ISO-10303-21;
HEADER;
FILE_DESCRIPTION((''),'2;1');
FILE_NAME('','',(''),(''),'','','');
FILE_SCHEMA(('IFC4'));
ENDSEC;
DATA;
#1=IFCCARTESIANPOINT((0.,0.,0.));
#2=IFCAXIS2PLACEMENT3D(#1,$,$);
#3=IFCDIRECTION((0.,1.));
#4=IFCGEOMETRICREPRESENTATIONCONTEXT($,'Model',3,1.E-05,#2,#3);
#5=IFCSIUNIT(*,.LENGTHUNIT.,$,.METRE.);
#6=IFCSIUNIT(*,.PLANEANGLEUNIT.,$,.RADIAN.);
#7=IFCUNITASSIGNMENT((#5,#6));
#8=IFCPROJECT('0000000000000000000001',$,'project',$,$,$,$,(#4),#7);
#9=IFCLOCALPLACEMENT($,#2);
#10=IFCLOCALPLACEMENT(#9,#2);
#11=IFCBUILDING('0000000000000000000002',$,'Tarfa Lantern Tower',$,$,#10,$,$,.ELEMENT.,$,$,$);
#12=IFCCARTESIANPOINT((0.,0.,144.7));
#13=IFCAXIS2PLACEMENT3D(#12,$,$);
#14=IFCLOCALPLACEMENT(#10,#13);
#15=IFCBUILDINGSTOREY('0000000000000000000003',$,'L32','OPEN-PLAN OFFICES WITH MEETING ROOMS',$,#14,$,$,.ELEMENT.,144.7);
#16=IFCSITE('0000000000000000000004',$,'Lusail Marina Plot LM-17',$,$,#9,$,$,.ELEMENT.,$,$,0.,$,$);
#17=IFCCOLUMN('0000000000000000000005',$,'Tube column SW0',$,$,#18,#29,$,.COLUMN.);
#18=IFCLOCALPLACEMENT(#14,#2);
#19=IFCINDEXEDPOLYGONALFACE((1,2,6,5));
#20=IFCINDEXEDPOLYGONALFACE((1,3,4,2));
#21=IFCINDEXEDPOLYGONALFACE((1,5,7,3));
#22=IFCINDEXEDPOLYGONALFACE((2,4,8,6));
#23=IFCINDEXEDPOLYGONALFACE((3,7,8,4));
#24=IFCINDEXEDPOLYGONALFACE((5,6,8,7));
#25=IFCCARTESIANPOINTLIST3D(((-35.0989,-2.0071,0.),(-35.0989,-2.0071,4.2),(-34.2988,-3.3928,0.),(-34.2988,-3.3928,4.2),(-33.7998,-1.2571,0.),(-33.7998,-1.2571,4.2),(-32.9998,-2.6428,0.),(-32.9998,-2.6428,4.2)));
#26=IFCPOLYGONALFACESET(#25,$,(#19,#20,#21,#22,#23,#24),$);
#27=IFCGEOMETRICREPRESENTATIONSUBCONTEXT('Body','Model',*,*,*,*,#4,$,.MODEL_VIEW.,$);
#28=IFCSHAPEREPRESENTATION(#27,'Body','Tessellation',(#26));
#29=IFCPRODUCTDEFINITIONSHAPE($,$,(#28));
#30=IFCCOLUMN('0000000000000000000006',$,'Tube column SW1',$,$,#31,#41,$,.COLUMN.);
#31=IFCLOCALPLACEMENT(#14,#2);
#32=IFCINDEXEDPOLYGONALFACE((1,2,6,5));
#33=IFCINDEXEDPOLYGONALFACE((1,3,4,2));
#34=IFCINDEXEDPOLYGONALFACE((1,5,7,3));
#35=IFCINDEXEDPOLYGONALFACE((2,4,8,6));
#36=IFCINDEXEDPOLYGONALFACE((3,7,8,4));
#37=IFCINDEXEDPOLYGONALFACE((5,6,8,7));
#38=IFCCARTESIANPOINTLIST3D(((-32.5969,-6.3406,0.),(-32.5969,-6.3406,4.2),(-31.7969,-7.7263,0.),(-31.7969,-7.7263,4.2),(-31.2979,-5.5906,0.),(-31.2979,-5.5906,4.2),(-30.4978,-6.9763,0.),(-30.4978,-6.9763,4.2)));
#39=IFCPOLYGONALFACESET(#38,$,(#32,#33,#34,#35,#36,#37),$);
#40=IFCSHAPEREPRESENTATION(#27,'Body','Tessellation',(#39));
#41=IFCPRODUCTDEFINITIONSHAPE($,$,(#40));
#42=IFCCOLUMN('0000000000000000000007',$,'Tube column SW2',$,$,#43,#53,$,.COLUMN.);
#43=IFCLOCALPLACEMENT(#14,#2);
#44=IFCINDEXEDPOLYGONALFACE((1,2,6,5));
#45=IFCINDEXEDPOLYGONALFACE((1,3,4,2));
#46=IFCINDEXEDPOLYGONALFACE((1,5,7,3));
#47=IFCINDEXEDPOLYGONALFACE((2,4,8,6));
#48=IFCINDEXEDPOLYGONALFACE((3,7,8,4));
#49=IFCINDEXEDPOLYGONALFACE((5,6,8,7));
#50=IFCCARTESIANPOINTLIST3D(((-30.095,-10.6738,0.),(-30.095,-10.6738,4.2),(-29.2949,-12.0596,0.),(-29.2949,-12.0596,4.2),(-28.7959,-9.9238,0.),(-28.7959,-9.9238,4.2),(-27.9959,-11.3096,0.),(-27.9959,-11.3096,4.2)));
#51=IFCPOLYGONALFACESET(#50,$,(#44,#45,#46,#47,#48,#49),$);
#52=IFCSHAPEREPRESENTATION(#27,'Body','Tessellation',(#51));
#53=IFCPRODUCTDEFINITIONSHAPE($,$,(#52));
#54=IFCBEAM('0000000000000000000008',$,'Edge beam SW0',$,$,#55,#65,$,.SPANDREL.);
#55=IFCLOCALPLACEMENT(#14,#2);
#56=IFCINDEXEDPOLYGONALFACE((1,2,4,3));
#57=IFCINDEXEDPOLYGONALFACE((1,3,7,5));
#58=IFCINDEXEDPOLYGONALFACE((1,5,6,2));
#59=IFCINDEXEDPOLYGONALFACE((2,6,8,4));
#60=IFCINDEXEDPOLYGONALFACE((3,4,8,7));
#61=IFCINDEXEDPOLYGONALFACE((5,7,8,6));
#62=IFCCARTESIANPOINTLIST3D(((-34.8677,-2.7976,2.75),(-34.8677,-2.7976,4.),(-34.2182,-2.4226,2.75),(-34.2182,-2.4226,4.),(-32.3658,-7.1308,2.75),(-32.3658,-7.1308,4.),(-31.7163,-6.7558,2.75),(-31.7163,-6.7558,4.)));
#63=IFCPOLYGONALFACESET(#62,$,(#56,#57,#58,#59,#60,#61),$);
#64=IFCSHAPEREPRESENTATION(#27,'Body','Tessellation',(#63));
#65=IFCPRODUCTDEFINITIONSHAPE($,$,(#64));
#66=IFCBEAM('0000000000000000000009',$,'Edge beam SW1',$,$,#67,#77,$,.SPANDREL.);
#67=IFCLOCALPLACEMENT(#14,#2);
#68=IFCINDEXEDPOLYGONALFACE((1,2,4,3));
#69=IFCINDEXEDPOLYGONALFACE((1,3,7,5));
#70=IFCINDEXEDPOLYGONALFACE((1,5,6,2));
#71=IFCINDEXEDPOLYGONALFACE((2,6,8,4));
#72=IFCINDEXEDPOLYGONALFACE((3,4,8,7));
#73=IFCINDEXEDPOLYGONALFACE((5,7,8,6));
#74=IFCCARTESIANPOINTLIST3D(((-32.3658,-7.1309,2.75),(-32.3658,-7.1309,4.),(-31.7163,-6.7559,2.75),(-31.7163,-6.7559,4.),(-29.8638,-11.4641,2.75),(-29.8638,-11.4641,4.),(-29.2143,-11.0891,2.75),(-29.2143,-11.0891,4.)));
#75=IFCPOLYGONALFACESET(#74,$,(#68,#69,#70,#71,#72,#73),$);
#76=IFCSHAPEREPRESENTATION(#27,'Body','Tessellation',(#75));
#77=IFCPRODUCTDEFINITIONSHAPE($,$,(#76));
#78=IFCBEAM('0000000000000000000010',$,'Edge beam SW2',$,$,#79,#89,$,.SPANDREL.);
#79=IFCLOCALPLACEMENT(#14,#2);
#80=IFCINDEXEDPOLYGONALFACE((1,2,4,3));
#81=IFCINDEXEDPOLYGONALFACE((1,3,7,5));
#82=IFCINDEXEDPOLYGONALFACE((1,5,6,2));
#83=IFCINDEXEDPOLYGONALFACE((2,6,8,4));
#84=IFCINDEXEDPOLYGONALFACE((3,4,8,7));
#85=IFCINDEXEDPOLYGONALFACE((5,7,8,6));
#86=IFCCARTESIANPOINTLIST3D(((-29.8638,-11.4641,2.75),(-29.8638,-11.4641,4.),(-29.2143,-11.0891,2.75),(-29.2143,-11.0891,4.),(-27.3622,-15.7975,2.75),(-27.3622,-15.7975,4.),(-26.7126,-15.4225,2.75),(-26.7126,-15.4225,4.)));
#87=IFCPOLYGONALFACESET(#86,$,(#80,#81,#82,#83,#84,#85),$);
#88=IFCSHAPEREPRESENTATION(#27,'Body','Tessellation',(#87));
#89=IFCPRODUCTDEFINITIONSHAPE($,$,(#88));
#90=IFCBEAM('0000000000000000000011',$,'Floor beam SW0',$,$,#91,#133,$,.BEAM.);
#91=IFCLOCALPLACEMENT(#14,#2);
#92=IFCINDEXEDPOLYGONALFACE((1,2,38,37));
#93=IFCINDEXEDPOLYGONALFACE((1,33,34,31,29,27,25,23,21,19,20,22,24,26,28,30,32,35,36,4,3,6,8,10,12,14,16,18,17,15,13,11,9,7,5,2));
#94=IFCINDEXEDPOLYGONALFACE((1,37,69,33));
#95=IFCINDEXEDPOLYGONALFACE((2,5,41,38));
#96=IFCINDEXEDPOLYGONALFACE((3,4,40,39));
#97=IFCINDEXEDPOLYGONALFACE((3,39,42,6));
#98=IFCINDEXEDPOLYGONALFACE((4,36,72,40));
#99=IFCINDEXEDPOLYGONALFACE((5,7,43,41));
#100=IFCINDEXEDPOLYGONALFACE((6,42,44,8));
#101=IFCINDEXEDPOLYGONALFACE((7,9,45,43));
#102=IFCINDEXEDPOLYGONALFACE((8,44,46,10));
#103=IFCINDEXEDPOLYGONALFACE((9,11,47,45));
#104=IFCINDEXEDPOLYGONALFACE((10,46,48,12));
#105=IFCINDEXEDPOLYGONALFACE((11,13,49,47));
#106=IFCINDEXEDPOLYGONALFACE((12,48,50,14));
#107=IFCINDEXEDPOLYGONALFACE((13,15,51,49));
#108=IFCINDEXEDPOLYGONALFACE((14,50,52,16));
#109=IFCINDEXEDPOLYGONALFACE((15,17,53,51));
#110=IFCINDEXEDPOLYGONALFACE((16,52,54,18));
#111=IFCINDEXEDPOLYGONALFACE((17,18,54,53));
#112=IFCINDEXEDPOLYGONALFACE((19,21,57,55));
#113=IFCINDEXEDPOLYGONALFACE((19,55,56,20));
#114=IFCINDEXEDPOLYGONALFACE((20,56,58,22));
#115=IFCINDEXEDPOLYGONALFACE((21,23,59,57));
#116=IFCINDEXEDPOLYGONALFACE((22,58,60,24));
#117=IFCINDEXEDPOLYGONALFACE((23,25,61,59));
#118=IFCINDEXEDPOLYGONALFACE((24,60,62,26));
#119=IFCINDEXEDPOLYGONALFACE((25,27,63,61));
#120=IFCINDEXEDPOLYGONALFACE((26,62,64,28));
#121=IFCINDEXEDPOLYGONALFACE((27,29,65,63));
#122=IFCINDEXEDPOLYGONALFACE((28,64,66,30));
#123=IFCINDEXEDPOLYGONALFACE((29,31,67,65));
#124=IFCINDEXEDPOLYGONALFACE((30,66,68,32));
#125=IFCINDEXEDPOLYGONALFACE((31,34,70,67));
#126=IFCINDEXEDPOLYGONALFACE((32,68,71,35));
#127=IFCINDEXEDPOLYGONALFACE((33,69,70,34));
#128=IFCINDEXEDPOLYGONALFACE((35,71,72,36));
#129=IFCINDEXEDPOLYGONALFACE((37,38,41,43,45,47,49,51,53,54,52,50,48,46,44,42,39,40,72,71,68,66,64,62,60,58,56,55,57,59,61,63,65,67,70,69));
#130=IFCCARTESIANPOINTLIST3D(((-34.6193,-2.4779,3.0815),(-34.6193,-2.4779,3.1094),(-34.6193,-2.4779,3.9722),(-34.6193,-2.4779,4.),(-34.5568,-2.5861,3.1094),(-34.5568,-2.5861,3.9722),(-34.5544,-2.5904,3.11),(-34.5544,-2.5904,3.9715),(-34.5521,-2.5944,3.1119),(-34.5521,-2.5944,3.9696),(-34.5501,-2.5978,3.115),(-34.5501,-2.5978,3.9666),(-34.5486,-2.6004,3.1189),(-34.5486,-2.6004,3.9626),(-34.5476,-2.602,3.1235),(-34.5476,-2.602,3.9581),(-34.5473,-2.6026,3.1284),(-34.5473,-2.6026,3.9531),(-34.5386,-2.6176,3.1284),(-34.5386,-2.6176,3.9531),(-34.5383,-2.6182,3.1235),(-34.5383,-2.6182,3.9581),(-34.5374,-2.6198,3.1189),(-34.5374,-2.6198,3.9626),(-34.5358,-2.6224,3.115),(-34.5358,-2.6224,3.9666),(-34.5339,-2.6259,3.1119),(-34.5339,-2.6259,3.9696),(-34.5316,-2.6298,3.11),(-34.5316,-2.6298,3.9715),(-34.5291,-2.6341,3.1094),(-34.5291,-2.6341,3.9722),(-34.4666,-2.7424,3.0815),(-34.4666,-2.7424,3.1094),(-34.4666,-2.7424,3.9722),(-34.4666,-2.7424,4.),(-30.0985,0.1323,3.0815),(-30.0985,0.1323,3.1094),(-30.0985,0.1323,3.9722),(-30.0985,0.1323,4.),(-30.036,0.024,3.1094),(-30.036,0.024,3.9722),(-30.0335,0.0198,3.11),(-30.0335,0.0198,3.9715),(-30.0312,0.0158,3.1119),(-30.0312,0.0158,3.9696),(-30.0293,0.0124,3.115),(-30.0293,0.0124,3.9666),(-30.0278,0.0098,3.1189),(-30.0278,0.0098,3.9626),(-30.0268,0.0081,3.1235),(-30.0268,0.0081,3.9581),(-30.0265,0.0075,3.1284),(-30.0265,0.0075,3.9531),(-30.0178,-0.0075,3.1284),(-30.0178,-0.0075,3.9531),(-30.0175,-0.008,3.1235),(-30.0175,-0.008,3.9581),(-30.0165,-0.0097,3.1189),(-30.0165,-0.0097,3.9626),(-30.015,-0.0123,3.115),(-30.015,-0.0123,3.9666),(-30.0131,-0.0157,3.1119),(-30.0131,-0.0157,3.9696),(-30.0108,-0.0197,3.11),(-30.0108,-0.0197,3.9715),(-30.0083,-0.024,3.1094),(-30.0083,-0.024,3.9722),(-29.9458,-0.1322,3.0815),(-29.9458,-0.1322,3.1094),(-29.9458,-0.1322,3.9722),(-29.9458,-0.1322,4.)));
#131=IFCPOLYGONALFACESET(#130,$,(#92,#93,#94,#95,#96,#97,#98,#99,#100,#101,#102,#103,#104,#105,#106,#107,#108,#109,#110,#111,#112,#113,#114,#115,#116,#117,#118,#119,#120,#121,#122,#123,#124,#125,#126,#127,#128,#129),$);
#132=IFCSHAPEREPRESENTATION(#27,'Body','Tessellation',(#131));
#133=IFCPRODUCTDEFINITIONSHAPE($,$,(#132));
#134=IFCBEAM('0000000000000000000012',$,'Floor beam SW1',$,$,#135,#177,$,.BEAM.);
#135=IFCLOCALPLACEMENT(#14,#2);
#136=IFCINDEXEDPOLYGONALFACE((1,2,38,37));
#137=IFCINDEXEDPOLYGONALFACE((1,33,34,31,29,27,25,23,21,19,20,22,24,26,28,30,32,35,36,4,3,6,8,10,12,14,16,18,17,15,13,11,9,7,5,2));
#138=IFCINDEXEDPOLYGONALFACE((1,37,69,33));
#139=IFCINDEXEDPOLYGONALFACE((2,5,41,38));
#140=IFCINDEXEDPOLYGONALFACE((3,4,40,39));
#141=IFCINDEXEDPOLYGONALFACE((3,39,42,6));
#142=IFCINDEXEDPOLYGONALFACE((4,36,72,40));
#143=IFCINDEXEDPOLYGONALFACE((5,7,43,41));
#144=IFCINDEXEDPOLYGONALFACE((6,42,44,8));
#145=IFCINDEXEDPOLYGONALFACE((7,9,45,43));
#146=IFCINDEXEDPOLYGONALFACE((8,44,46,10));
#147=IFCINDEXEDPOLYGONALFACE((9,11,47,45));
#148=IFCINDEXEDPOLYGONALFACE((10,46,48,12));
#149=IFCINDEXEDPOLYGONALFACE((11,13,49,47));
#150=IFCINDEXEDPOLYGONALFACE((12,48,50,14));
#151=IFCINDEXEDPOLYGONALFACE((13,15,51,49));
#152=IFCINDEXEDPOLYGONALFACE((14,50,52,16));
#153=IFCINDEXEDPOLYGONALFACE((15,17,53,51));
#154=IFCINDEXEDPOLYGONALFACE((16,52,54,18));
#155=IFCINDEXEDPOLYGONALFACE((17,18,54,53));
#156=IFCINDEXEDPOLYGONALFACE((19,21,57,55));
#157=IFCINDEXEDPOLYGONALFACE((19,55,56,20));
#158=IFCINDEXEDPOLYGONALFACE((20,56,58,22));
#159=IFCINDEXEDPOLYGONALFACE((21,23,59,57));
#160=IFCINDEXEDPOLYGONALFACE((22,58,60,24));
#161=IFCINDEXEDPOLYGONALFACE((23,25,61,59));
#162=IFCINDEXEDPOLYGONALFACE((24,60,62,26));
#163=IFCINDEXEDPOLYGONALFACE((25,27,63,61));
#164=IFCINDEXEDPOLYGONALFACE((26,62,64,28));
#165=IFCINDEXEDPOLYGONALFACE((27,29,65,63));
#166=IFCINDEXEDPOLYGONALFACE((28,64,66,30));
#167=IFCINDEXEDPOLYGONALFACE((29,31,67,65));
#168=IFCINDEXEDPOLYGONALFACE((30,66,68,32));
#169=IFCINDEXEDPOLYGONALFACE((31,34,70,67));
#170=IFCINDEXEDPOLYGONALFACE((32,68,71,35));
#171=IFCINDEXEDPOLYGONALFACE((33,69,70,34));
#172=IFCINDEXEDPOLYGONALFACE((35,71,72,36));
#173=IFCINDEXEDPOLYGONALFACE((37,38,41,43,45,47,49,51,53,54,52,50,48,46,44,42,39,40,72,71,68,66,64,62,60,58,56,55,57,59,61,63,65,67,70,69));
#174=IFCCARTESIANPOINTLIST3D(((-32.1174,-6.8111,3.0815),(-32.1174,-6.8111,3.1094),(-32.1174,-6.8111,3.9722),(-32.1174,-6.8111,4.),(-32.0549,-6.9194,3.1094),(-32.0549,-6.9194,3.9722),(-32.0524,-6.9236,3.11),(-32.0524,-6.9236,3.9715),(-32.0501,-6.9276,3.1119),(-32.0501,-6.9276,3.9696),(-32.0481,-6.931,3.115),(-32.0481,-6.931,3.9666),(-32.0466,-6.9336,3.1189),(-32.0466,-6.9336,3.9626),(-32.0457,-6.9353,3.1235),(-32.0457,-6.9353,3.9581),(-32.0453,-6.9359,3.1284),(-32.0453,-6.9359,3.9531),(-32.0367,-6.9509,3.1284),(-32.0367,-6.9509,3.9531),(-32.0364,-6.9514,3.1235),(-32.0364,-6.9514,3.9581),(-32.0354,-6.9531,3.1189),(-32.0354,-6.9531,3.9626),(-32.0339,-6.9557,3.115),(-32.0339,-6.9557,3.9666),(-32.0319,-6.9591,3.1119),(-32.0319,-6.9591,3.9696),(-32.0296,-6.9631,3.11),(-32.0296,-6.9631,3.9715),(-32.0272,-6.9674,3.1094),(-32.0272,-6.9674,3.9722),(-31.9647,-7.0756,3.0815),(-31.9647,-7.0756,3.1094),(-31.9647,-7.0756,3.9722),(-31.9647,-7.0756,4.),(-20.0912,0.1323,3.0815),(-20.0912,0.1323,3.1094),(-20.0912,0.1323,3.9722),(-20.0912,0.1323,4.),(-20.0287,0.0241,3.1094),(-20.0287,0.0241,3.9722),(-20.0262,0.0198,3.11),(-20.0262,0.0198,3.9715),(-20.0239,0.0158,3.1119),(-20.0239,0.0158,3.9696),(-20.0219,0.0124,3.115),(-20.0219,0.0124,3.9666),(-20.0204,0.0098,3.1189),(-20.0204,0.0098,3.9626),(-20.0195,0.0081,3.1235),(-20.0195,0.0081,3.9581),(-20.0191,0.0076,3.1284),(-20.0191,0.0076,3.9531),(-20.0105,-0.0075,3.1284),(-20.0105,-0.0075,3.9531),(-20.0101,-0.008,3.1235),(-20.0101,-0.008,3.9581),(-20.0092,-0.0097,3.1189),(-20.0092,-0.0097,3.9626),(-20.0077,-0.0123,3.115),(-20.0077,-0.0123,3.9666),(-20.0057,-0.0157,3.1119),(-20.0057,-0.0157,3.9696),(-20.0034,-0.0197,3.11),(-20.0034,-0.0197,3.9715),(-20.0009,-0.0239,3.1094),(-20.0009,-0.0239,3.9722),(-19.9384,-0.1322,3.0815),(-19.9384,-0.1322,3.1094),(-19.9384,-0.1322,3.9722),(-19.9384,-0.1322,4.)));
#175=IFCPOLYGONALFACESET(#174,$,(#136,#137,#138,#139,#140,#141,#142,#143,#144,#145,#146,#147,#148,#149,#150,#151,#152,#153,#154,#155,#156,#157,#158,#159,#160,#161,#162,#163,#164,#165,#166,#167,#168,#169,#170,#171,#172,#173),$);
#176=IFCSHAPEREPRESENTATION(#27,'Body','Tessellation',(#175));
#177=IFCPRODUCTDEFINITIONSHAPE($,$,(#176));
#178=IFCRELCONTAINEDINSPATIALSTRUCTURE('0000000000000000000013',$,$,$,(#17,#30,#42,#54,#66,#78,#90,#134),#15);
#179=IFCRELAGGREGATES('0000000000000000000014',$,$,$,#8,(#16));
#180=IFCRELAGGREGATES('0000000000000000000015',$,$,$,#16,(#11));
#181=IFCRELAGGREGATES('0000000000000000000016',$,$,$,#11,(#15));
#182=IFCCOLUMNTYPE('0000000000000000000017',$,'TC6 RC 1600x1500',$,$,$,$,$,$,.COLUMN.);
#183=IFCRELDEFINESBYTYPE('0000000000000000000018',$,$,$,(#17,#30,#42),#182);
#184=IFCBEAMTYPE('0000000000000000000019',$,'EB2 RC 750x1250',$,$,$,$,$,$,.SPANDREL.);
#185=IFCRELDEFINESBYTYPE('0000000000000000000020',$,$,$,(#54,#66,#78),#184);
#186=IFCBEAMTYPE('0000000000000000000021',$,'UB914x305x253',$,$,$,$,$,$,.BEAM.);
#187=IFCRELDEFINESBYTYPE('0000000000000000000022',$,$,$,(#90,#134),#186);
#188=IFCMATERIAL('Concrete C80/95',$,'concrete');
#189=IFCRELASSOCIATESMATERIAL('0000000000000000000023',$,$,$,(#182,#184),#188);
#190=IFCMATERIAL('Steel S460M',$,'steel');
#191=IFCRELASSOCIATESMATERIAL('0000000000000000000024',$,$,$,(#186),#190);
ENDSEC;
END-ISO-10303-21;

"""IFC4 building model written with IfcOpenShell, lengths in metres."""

from ifc_helpers import new_model, si_unit, direction, frame, origin, origin_2d, place, context, subcontext, project, spatial, rectangle, i_section, extrude, material, material_profile, profile_set, type_object, element, save


model = new_model("IFC4")

# Units and contexts
model_context = context("Model", 3, precision=1e-05, world=origin(), true_north=direction((0.0, 1.0)))
body_context = subcontext(model_context, "Body", "Model", "MODEL_VIEW")
ifc_project = project(units=[si_unit("LENGTHUNIT", "METRE"), si_unit("PLANEANGLEUNIT", "RADIAN")], contexts=[model_context])

# Site, building, storey
site_placement = place(None, origin())
site = spatial("IfcSite", under=ifc_project, at=site_placement, Name="Lusail Marina Plot LM-17", CompositionType="ELEMENT", RefElevation=0.0)
building_placement = place(site_placement, origin())
building = spatial("IfcBuilding", under=site, at=building_placement, Name="Tarfa Lantern Tower", CompositionType="ELEMENT")
storey_placement = place(building_placement, frame((0.0, 0.0, 144.7)))
storey = spatial("IfcBuildingStorey", under=building, at=storey_placement, Name="L32", Description="OPEN-PLAN OFFICES WITH MEETING ROOMS", CompositionType="ELEMENT", Elevation=144.7)

# Columns
ifc_material_1 = material(Name="Concrete C80/95", Category="concrete")
ifc_material_profile_1 = material_profile(ifc_material_1, rectangle(XDim=1.6001, YDim=1.5, at=origin_2d()), Name="RC 1600x1500")
ifc_profile_set_1 = profile_set([ifc_material_profile_1], Name="Concrete C80/95")
column_type = type_object("IfcColumnType", Name="TC6 RC 1600x1500", PredefinedType="COLUMN", material=ifc_profile_set_1)
for number, where, z_axis, x_axis, name in (
    (1, (-34.0493, -2.325, 0.0), (0.0, 0.0, 1.0), (0.5, -0.866025, 0.0), "Tube column SW0"),
    (2, (-31.5474, -6.6584, 0.0), (0.0, 0.0, 1.0), (0.5, -0.866025, 0.0), "Tube column SW1"),
    (3, (-29.0454, -10.9917, 0.0), (0.0, 0.0, 1.0), (0.5, -0.866025, 0.0), "Tube column SW2"),
):
    element("IfcColumn", number, at=place(storey_placement, frame(where, z_axis=z_axis, x_axis=x_axis)), inside=storey, type_object=column_type, Name=name, PredefinedType="COLUMN", context=body_context, shape_type="SweptSolid", body=[
        extrude(rectangle(XDim=1.6001, YDim=1.5, at=origin_2d()), origin(), (0.0, 0.0, 1.0), 4.2),
    ])

# Beams
ifc_material_profile_2 = material_profile(ifc_material_1, rectangle(XDim=0.75, YDim=1.25, at=origin_2d()), Name="RC 750x1250")
ifc_profile_set_2 = profile_set([ifc_material_profile_2], Name="Concrete C80/95")
beam_type_1 = type_object("IfcBeamType", Name="EB2 RC 750x1250", PredefinedType="SPANDREL", material=ifc_profile_set_2)
for number, where, z_axis, x_axis, name in (
    (4, (-34.543, -2.6101, 3.375), (0.500022, -0.866013, 0.0), (0.866013, 0.500022, 0.0), "Edge beam SW0"),
    (5, (-32.041, -6.9434, 3.375), (0.500022, -0.866013, 0.0), (0.866013, 0.500022, 0.0), "Edge beam SW1"),
    (6, (-29.5391, -11.2766, 3.375), (0.499965, -0.866046, 0.0), (0.866046, 0.499965, 0.0), "Edge beam SW2"),
):
    element("IfcBeam", number, at=place(storey_placement, frame(where, z_axis=z_axis, x_axis=x_axis)), inside=storey, type_object=beam_type_1, Name=name, PredefinedType="SPANDREL", context=body_context, shape_type="SweptSolid", body=[
        extrude(rectangle(XDim=0.75, YDim=1.25, at=origin_2d()), origin(), (0.0, 0.0, 1.0), 5.0037),
    ])
ifc_material_2 = material(Name="Steel S460M", Category="steel")
ifc_material_profile_3 = material_profile(ifc_material_2, i_section(OverallWidth=0.3054, OverallDepth=0.9185, WebThickness=0.0173, FlangeThickness=0.0278, FilletRadius=0.019, at=origin_2d()), Name="UB914x305x253")
ifc_profile_set_3 = profile_set([ifc_material_profile_3], Name="Steel S460M")
beam_type_2 = type_object("IfcBeamType", Name="UB914x305x253", PredefinedType="BEAM", material=ifc_profile_set_3)
beam_1_placement = place(storey_placement, frame((-34.543, -2.6101, 3.5408), z_axis=(0.866021, 0.500007, 0.0), x_axis=(-0.500007, 0.866021, 0.0)))
element("IfcBeam", 7, at=beam_1_placement, inside=storey, type_object=beam_type_2, Name="Floor beam SW0", PredefinedType="BEAM", context=body_context, shape_type="SweptSolid", body=[
    extrude(i_section(OverallWidth=0.3054, OverallDepth=0.9185, WebThickness=0.0173, FlangeThickness=0.0278, FilletRadius=0.019, at=origin_2d()), origin(), (0.0, 0.0, 1.0), 5.2202),
])
beam_2_placement = place(storey_placement, frame((-32.041, -6.9434, 3.5408), z_axis=(0.866023, 0.500004, 0.0), x_axis=(-0.500004, 0.866023, 0.0)))
element("IfcBeam", 8, at=beam_2_placement, inside=storey, type_object=beam_type_2, Name="Floor beam SW1", PredefinedType="BEAM", context=body_context, shape_type="SweptSolid", body=[
    extrude(i_section(OverallWidth=0.3054, OverallDepth=0.9185, WebThickness=0.0173, FlangeThickness=0.0278, FilletRadius=0.019, at=origin_2d()), origin(), (0.0, 0.0, 1.0), 13.8867),
])

save(model, "model.ifc")
